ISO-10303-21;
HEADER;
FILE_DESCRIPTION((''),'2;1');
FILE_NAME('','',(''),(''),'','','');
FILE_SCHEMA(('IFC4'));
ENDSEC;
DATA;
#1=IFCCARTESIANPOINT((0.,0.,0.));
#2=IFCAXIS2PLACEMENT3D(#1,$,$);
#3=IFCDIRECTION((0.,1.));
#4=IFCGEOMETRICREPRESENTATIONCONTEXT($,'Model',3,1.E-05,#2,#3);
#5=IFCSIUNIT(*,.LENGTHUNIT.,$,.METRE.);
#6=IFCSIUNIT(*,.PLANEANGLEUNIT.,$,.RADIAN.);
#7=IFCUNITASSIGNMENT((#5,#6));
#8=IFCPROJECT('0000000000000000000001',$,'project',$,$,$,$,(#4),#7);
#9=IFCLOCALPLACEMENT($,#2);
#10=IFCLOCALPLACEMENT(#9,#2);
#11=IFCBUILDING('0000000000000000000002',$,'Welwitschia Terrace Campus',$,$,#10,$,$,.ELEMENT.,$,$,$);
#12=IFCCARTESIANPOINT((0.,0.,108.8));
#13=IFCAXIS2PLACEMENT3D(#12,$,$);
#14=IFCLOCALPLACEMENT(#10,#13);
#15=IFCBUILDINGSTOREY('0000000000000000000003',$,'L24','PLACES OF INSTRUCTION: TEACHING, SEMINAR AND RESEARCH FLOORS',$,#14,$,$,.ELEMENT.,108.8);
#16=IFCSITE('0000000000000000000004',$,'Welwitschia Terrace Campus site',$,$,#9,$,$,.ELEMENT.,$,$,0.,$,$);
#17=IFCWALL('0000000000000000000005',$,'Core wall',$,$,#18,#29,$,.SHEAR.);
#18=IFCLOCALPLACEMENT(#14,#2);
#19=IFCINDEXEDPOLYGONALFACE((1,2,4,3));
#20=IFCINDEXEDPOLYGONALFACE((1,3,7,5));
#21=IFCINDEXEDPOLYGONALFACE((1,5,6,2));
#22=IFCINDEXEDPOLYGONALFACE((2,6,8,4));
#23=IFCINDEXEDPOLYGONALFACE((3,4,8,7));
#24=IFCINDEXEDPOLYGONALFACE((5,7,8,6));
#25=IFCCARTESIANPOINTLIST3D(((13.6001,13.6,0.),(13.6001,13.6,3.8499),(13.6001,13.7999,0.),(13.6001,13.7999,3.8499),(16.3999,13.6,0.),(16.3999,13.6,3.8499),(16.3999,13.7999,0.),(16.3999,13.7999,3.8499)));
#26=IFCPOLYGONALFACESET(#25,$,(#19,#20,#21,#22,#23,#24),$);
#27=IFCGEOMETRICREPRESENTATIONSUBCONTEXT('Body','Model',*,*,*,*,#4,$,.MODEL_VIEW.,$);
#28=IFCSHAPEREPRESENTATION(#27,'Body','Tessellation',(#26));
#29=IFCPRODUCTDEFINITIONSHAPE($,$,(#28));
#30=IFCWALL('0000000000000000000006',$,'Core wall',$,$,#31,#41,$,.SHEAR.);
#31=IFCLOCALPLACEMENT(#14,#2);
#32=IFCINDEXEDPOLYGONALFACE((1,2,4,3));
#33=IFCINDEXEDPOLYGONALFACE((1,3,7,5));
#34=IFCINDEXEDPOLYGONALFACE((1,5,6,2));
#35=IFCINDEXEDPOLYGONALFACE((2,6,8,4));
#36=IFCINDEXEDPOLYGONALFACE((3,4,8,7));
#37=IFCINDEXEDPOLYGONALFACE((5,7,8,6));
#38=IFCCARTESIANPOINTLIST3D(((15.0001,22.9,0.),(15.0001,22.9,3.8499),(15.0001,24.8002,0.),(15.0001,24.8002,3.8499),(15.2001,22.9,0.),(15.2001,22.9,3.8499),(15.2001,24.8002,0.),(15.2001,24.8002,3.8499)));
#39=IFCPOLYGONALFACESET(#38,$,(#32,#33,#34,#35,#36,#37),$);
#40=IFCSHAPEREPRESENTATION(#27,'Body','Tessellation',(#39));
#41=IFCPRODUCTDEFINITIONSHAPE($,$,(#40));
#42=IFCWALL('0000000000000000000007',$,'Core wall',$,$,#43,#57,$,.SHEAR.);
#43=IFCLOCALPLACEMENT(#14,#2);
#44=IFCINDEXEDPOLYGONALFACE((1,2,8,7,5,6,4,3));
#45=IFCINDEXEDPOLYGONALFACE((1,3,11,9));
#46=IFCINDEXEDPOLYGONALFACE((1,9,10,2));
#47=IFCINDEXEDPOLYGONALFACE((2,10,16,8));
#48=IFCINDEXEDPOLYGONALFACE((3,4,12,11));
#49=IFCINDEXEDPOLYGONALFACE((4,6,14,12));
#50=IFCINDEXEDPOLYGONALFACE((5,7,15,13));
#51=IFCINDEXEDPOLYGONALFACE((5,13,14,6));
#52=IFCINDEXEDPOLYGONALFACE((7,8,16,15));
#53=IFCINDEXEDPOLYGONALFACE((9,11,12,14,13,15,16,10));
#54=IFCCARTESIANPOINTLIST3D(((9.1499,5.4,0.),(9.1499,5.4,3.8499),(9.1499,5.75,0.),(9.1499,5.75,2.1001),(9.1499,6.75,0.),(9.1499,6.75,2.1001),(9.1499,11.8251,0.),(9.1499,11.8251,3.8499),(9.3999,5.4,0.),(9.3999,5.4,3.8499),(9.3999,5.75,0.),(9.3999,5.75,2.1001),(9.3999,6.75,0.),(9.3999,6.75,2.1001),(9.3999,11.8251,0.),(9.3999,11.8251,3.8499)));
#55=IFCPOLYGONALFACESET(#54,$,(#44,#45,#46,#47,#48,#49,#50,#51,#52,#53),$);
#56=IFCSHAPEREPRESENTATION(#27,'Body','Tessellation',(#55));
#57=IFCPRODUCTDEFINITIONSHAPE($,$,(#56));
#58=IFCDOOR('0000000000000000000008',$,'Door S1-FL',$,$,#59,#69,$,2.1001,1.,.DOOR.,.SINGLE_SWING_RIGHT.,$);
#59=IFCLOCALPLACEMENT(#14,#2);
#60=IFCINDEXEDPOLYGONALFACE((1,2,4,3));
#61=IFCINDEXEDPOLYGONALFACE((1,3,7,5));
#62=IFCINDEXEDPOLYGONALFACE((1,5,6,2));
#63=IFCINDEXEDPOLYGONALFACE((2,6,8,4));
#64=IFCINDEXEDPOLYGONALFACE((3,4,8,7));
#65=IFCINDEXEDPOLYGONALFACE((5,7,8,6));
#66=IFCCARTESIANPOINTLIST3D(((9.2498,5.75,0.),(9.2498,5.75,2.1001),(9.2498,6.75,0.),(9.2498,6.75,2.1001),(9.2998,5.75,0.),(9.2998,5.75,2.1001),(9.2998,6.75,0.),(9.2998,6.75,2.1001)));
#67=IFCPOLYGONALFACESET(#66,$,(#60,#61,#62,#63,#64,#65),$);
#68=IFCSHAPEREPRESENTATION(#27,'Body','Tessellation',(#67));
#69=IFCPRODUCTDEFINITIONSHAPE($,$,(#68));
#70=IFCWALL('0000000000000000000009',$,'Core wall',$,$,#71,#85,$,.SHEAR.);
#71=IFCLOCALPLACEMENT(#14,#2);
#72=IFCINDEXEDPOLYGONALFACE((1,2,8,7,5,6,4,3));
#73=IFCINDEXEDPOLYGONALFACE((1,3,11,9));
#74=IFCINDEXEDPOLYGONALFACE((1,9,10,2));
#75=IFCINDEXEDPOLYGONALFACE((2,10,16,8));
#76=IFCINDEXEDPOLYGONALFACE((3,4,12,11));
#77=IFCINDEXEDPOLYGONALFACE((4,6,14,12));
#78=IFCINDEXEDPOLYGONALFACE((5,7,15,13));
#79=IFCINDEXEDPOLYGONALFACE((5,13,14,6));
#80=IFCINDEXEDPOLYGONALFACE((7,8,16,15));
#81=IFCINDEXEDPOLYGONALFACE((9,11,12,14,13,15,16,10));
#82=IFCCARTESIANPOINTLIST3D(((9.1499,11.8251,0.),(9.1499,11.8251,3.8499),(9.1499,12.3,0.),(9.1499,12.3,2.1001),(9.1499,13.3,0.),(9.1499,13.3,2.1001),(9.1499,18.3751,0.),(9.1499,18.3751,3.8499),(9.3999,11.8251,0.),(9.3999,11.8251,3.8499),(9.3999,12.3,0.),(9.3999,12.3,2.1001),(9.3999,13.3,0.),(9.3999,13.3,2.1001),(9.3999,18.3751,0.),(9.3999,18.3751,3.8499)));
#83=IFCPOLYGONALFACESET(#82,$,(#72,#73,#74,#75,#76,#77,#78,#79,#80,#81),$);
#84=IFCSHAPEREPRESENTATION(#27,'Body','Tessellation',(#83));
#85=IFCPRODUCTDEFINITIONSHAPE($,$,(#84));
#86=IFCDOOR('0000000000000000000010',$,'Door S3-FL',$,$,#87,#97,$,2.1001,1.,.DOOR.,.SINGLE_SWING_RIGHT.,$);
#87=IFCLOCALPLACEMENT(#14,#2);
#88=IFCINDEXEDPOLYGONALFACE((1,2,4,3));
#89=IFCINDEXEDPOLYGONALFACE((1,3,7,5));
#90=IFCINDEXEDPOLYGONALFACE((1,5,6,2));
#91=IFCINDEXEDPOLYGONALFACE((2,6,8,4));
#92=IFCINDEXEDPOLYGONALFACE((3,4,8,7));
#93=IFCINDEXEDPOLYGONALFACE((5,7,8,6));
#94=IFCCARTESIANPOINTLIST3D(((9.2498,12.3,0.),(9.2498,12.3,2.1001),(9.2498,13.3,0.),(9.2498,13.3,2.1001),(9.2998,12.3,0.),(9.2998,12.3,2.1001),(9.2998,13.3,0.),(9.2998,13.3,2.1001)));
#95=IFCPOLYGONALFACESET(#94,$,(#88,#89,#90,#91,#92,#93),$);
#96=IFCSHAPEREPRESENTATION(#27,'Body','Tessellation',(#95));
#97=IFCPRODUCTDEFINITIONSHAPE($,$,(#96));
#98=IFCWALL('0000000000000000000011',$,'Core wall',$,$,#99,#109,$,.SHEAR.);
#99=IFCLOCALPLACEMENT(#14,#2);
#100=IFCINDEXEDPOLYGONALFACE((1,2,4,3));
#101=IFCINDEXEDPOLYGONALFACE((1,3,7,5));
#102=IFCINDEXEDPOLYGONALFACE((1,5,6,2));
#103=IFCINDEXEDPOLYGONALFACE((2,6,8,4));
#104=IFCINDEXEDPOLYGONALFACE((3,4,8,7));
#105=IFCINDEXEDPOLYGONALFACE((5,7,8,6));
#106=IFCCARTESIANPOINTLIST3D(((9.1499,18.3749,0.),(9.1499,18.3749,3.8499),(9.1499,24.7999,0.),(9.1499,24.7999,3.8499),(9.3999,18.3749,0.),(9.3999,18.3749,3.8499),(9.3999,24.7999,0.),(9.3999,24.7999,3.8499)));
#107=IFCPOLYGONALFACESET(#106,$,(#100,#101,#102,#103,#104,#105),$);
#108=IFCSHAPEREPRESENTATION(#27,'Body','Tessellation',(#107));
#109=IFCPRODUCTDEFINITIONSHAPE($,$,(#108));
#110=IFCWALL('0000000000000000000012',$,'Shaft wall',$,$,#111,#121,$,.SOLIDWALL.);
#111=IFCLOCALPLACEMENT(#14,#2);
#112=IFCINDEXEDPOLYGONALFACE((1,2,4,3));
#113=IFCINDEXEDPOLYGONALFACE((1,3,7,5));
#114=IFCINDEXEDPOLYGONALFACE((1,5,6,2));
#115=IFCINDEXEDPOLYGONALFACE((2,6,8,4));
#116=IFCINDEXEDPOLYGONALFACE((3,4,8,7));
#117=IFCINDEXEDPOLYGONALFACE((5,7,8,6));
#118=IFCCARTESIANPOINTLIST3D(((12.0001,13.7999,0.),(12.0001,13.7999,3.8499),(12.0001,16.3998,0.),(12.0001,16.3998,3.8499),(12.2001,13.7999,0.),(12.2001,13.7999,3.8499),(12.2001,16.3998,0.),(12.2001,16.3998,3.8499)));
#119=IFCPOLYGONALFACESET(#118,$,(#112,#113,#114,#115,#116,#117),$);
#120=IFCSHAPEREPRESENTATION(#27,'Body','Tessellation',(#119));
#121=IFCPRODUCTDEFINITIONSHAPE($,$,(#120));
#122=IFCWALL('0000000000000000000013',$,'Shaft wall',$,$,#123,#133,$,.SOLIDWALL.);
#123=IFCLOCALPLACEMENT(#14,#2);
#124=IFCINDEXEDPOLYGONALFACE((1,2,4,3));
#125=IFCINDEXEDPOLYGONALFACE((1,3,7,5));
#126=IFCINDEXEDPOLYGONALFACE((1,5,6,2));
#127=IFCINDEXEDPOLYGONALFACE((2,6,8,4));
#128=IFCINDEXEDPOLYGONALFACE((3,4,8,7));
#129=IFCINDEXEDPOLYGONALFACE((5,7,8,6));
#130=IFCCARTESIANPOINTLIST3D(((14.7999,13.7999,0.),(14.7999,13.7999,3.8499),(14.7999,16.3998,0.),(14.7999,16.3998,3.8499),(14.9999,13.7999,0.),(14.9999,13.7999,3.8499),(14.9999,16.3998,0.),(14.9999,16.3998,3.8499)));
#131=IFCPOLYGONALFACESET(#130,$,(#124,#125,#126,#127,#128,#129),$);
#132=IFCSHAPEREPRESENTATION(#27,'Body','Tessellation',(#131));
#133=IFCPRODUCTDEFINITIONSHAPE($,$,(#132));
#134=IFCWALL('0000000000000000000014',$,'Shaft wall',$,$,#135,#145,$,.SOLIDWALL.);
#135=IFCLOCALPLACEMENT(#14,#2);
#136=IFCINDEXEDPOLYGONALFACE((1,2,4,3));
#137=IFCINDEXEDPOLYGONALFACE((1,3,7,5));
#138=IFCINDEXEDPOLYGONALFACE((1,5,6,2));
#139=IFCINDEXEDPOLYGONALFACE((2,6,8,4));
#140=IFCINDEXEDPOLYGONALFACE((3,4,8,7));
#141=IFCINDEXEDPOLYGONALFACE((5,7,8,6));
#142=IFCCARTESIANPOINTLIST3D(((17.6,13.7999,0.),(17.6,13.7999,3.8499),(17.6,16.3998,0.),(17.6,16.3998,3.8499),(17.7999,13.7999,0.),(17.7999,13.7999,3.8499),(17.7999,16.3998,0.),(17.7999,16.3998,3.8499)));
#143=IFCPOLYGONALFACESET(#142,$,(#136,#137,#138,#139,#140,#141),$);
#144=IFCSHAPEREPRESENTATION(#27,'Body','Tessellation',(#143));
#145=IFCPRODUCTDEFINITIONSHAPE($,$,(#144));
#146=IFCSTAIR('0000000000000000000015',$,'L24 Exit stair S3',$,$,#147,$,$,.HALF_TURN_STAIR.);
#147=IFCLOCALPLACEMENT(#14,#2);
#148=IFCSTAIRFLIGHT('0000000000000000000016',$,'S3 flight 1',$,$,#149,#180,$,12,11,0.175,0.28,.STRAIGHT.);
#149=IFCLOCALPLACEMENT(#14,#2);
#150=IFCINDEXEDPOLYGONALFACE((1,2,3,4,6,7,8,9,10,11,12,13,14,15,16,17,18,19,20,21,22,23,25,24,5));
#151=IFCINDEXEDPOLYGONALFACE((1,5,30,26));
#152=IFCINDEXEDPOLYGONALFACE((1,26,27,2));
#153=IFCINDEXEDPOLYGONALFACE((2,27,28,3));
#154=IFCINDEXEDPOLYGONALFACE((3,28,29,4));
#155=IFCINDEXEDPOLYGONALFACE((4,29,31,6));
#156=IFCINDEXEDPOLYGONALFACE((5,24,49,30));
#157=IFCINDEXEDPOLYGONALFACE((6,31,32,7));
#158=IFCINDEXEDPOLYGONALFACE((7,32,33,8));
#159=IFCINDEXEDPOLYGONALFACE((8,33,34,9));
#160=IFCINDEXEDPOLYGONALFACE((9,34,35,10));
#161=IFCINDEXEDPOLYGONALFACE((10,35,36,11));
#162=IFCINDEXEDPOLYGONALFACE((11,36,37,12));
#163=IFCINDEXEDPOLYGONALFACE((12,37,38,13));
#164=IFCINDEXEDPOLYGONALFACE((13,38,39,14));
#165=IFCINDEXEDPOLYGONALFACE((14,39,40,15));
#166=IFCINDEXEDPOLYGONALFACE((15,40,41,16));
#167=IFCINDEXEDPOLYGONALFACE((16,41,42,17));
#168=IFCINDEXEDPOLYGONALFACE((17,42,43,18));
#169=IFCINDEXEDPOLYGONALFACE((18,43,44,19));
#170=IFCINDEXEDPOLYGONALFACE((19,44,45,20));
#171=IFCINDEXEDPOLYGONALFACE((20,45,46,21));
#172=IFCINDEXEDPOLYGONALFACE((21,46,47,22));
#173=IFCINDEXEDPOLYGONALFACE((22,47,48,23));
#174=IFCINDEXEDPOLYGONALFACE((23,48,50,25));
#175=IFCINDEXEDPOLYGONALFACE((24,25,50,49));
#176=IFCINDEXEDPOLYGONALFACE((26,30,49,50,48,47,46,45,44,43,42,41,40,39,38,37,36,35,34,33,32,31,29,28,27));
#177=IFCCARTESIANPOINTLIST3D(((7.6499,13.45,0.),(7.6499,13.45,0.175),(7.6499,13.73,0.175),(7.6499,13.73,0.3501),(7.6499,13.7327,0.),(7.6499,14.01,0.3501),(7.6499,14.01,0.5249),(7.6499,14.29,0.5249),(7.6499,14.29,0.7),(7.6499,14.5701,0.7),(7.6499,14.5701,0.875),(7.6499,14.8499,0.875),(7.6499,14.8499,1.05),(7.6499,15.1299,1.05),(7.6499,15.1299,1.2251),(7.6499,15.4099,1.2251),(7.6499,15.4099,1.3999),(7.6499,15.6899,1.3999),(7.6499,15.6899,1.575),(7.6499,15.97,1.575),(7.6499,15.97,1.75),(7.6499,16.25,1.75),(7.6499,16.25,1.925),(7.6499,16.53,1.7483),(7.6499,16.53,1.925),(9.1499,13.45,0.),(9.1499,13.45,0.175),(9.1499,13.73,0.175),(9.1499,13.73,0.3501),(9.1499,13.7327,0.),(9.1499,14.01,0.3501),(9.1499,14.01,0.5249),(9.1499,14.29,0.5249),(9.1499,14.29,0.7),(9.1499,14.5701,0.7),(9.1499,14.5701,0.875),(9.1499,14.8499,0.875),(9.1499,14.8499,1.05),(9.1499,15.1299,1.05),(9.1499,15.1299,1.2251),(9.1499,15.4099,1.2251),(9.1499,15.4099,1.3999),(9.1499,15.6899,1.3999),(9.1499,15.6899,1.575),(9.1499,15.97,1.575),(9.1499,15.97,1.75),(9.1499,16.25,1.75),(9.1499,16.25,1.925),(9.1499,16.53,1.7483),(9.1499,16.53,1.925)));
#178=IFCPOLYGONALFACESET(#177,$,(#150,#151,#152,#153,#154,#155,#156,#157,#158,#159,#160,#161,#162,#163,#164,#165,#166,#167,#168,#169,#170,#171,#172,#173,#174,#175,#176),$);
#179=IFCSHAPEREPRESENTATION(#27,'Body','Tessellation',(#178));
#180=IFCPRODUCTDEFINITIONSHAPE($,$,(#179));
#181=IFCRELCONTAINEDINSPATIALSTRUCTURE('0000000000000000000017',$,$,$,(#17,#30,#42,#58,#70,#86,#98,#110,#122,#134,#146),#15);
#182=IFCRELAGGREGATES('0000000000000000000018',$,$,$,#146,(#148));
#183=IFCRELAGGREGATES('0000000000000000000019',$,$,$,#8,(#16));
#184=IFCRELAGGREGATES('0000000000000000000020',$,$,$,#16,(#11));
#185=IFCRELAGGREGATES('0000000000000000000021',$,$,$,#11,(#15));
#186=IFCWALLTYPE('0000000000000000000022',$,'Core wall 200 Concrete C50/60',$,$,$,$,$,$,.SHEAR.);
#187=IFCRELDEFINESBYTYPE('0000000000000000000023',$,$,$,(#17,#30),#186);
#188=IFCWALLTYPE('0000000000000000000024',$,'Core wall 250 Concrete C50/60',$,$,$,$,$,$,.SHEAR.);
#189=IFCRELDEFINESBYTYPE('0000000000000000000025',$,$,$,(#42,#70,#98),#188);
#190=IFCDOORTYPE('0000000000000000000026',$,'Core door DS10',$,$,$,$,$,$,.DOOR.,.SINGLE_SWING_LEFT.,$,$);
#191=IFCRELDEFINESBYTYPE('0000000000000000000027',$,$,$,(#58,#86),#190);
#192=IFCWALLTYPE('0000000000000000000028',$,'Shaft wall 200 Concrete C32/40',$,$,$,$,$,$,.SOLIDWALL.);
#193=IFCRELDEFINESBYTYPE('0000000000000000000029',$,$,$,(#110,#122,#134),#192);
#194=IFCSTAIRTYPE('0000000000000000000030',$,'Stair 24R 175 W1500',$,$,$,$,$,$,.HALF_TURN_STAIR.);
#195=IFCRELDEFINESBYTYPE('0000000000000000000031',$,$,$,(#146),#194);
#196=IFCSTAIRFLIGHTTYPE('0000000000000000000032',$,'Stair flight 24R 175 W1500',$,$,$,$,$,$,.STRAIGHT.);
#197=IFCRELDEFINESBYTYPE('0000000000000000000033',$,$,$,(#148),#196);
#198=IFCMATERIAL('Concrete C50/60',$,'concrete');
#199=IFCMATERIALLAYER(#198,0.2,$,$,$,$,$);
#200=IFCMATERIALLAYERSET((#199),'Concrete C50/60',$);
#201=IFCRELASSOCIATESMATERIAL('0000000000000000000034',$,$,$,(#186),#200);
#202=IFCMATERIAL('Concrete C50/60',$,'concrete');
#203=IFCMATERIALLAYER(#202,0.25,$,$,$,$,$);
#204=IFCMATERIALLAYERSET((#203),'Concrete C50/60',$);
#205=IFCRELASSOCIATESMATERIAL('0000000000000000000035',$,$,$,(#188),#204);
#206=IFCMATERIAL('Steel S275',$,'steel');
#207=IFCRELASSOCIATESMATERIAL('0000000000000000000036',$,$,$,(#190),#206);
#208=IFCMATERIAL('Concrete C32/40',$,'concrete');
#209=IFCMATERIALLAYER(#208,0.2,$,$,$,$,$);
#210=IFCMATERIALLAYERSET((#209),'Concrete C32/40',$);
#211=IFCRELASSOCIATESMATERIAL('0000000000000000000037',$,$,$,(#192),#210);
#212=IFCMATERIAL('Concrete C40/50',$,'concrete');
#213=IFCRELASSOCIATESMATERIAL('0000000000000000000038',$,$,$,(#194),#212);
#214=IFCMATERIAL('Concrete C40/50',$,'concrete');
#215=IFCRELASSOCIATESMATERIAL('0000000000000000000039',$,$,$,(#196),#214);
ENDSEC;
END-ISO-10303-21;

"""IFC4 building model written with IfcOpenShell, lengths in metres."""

from ifc_helpers import new_model, si_unit, direction, frame, frame_2d, origin, place, context, subcontext, project, spatial, polyline, rectangle, outline, extrude, material, layer, layer_set, type_object, element, fill, aggregate, save


model = new_model("IFC4")

# Units and contexts
model_context = context("Model", 3, precision=1e-05, world=origin(), true_north=direction((0.0, 1.0)))
body_context = subcontext(model_context, "Body", "Model", "MODEL_VIEW")
ifc_project = project(units=[si_unit("LENGTHUNIT", "METRE"), si_unit("PLANEANGLEUNIT", "RADIAN")], contexts=[model_context])

# Site, building, storey
site_placement = place(None, origin())
site = spatial("IfcSite", under=ifc_project, at=site_placement, Name="Welwitschia Terrace Campus site", CompositionType="ELEMENT", RefElevation=0.0)
building_placement = place(site_placement, origin())
building = spatial("IfcBuilding", under=site, at=building_placement, Name="Welwitschia Terrace Campus", CompositionType="ELEMENT")
storey_placement = place(building_placement, frame((0.0, 0.0, 108.8)))
storey = spatial("IfcBuildingStorey", under=building, at=storey_placement, Name="L24", Description="PLACES OF INSTRUCTION: TEACHING, SEMINAR AND RESEARCH FLOORS", CompositionType="ELEMENT", Elevation=108.8)

# Walls
ifc_material_1 = material(Name="Concrete C50/60", Category="concrete")
ifc_layer_1 = layer(ifc_material_1, 0.2)
ifc_layer_set_1 = layer_set([ifc_layer_1], Name="Concrete C50/60")
wall_type_1 = type_object("IfcWallType", Name="Core wall 200 Concrete C50/60", PredefinedType="SHEAR", material=ifc_layer_set_1)
for number, where, z_axis, x_axis, name in (
    (1, (13.6001, 13.7, 0.0), (0.0, 0.0, 1.0), (1.0, 0.0, 0.0), "Core wall"),
):
    element("IfcWall", number, at=place(storey_placement, frame(where, z_axis=z_axis, x_axis=x_axis)), inside=storey, type_object=wall_type_1, Name=name, PredefinedType="SHEAR", context=body_context, shape_type="SweptSolid", body=[
        extrude(rectangle(XDim=2.7998, YDim=0.2, at=frame_2d((1.3999, 0.0))), origin(), (0.0, 0.0, 1.0), 3.8499),
    ])
wall_1_placement = place(storey_placement, frame((15.1001, 22.8999, 0.0), z_axis=(0.0, 0.0, 1.0), x_axis=(0.0, 1.0, 0.0)))
element("IfcWall", 2, at=wall_1_placement, inside=storey, type_object=wall_type_1, Name="Core wall", PredefinedType="SHEAR", context=body_context, shape_type="SweptSolid", body=[
    extrude(rectangle(XDim=1.9001, YDim=0.2, at=frame_2d((0.9502, 0.0))), origin(), (0.0, 0.0, 1.0), 3.8499),
])

# Walls, openings, doors
ifc_material_2 = material(Name="Concrete C50/60", Category="concrete")
ifc_layer_2 = layer(ifc_material_2, 0.25)
ifc_layer_set_2 = layer_set([ifc_layer_2], Name="Concrete C50/60")
wall_type_2 = type_object("IfcWallType", Name="Core wall 250 Concrete C50/60", PredefinedType="SHEAR", material=ifc_layer_set_2)
wall_2_placement = place(storey_placement, frame((9.2749, 11.825, 0.0), z_axis=(0.0, 0.0, 1.0), x_axis=(0.0, -1.0, 0.0)))
wall_2 = element("IfcWall", 3, at=wall_2_placement, inside=storey, type_object=wall_type_2, Name="Core wall", PredefinedType="SHEAR", context=body_context, shape_type="SweptSolid", body=[
    extrude(rectangle(XDim=6.425, YDim=0.25, at=frame_2d((3.2124, 0.0))), origin(), (0.0, 0.0, 1.0), 3.8499),
])
opening_1_placement = place(wall_2_placement, frame((5.075, 0.0, 0.0)))
opening_1 = element("IfcOpeningElement", 4, at=opening_1_placement, cuts=wall_2, PredefinedType="OPENING", context=body_context, shape_type="SweptSolid", body=[
    extrude(rectangle(XDim=1.0, YDim=2.1001, at=frame_2d((0.5, 1.05))), frame((0.0, 0.135, 0.0), z_axis=(0.0, -1.0, 0.0), x_axis=(1.0, 0.0, 0.0)), (0.0, 0.0, 1.0), 0.27),
])
ifc_material_3 = material(Name="Steel S275", Category="steel")
door_type_1 = type_object("IfcDoorType", Name="Core door DS10", OperationType="SINGLE_SWING_LEFT", PredefinedType="DOOR", material=ifc_material_3)
door_1_placement = place(opening_1_placement, origin())
door_1 = element("IfcDoor", 5, at=door_1_placement, inside=storey, type_object=door_type_1, Name="Door S1-FL", OperationType="SINGLE_SWING_RIGHT", OverallHeight=2.1001, OverallWidth=1.0, PredefinedType="DOOR", context=body_context, shape_type="SweptSolid", body=[
    extrude(rectangle(XDim=1.0, YDim=2.1001, at=frame_2d((0.5, 1.05))), frame((0.0, 0.0249, 0.0), z_axis=(0.0, -1.0, 0.0), x_axis=(1.0, 0.0, 0.0)), (0.0, 0.0, 1.0), 0.05),
])
fill(opening_1, door_1)
wall_3_placement = place(storey_placement, frame((9.2749, 18.375, 0.0), z_axis=(0.0, 0.0, 1.0), x_axis=(0.0, -1.0, 0.0)))
wall_3 = element("IfcWall", 6, at=wall_3_placement, inside=storey, type_object=wall_type_2, Name="Core wall", PredefinedType="SHEAR", context=body_context, shape_type="SweptSolid", body=[
    extrude(rectangle(XDim=6.55, YDim=0.25, at=frame_2d((3.2749, 0.0))), origin(), (0.0, 0.0, 1.0), 3.8499),
])
opening_2_placement = place(wall_3_placement, frame((5.075, 0.0, 0.0)))
opening_2 = element("IfcOpeningElement", 7, at=opening_2_placement, cuts=wall_3, PredefinedType="OPENING", context=body_context, shape_type="SweptSolid", body=[
    extrude(rectangle(XDim=1.0, YDim=2.1001, at=frame_2d((0.5, 1.05))), frame((0.0, 0.135, 0.0), z_axis=(0.0, -1.0, 0.0), x_axis=(1.0, 0.0, 0.0)), (0.0, 0.0, 1.0), 0.27),
])
door_2_placement = place(opening_2_placement, origin())
door_2 = element("IfcDoor", 8, at=door_2_placement, inside=storey, type_object=door_type_1, Name="Door S3-FL", OperationType="SINGLE_SWING_RIGHT", OverallHeight=2.1001, OverallWidth=1.0, PredefinedType="DOOR", context=body_context, shape_type="SweptSolid", body=[
    extrude(rectangle(XDim=1.0, YDim=2.1001, at=frame_2d((0.5, 1.05))), frame((0.0, 0.0249, 0.0), z_axis=(0.0, -1.0, 0.0), x_axis=(1.0, 0.0, 0.0)), (0.0, 0.0, 1.0), 0.05),
])
fill(opening_2, door_2)

# Walls
wall_4_placement = place(storey_placement, frame((9.2749, 18.375, 0.0), z_axis=(0.0, 0.0, 1.0), x_axis=(0.0, 1.0, 0.0)))
element("IfcWall", 9, at=wall_4_placement, inside=storey, type_object=wall_type_2, Name="Core wall", PredefinedType="SHEAR", context=body_context, shape_type="SweptSolid", body=[
    extrude(rectangle(XDim=6.425, YDim=0.25, at=frame_2d((3.2124, 0.0))), origin(), (0.0, 0.0, 1.0), 3.8499),
])
ifc_material_4 = material(Name="Concrete C32/40", Category="concrete")
ifc_layer_3 = layer(ifc_material_4, 0.2)
ifc_layer_set_3 = layer_set([ifc_layer_3], Name="Concrete C32/40")
wall_type_3 = type_object("IfcWallType", Name="Shaft wall 200 Concrete C32/40", PredefinedType="SOLIDWALL", material=ifc_layer_set_3)
for number, where, z_axis, x_axis, name in (
    (10, (12.1001, 13.8, 0.0), (0.0, 0.0, 1.0), (0.0, 1.0, 0.0), "Shaft wall"),
    (11, (14.8999, 13.8, 0.0), (0.0, 0.0, 1.0), (0.0, 1.0, 0.0), "Shaft wall"),
    (12, (17.7, 13.8, 0.0), (0.0, 0.0, 1.0), (0.0, 1.0, 0.0), "Shaft wall"),
):
    element("IfcWall", number, at=place(storey_placement, frame(where, z_axis=z_axis, x_axis=x_axis)), inside=storey, type_object=wall_type_3, Name=name, PredefinedType="SOLIDWALL", context=body_context, shape_type="SweptSolid", body=[
        extrude(rectangle(XDim=2.5999, YDim=0.2, at=frame_2d((1.2998, 0.0))), origin(), (0.0, 0.0, 1.0), 3.8499),
    ])

# Stair, stair flight
ifc_material_5 = material(Name="Concrete C40/50", Category="concrete")
stair_type = type_object("IfcStairType", Name="Stair 24R 175 W1500", PredefinedType="HALF_TURN_STAIR", material=ifc_material_5)
stair_1_placement = place(storey_placement, origin())
stair_1 = element("IfcStair", 13, at=stair_1_placement, inside=storey, type_object=stair_type, Name="L24 Exit stair S3", PredefinedType="HALF_TURN_STAIR")
ifc_material_6 = material(Name="Concrete C40/50", Category="concrete")
stair_flight_type = type_object("IfcStairFlightType", Name="Stair flight 24R 175 W1500", PredefinedType="STRAIGHT", material=ifc_material_6)
stair_flight_1_placement = place(storey_placement, frame((8.3999, 13.45, 0.0), z_axis=(0.0, 0.0, 1.0), x_axis=(0.0, 1.0, 0.0)))
stair_flight_1 = element("IfcStairFlight", 14, at=stair_flight_1_placement, type_object=stair_flight_type, Name="S3 flight 1", NumberOfRisers=12, NumberOfTreads=11, PredefinedType="STRAIGHT", RiserHeight=0.175, TreadLength=0.28, context=body_context, shape_type="SweptSolid", body=[
    extrude(outline(polyline([(0.0, 0.0), (0.0, 0.175), (0.28, 0.175), (0.28, 0.3501), (0.5601, 0.3501), (0.5601, 0.5249), (0.8401, 0.5249), (0.8401, 0.7), (1.1201, 0.7), (1.1201, 0.875), (1.3999, 0.875), (1.3999, 1.05), (1.6799, 1.05), (1.6799, 1.2251), (1.96, 1.2251), (1.96, 1.3999), (2.24, 1.3999), (2.24, 1.575), (2.52, 1.575), (2.52, 1.75), (2.8, 1.75), (2.8, 1.925), (3.0801, 1.925), (3.0801, 2.1001), (3.0801, 1.7483), (0.2827, 0.0), (0.0, 0.0)])), frame((0.0, 0.75, 0.0), z_axis=(0.0, -1.0, 0.0), x_axis=(1.0, 0.0, 0.0)), (0.0, 0.0, 1.0), 1.5),
])
aggregate(stair_1, [stair_flight_1])

save(model, "model.ifc")
